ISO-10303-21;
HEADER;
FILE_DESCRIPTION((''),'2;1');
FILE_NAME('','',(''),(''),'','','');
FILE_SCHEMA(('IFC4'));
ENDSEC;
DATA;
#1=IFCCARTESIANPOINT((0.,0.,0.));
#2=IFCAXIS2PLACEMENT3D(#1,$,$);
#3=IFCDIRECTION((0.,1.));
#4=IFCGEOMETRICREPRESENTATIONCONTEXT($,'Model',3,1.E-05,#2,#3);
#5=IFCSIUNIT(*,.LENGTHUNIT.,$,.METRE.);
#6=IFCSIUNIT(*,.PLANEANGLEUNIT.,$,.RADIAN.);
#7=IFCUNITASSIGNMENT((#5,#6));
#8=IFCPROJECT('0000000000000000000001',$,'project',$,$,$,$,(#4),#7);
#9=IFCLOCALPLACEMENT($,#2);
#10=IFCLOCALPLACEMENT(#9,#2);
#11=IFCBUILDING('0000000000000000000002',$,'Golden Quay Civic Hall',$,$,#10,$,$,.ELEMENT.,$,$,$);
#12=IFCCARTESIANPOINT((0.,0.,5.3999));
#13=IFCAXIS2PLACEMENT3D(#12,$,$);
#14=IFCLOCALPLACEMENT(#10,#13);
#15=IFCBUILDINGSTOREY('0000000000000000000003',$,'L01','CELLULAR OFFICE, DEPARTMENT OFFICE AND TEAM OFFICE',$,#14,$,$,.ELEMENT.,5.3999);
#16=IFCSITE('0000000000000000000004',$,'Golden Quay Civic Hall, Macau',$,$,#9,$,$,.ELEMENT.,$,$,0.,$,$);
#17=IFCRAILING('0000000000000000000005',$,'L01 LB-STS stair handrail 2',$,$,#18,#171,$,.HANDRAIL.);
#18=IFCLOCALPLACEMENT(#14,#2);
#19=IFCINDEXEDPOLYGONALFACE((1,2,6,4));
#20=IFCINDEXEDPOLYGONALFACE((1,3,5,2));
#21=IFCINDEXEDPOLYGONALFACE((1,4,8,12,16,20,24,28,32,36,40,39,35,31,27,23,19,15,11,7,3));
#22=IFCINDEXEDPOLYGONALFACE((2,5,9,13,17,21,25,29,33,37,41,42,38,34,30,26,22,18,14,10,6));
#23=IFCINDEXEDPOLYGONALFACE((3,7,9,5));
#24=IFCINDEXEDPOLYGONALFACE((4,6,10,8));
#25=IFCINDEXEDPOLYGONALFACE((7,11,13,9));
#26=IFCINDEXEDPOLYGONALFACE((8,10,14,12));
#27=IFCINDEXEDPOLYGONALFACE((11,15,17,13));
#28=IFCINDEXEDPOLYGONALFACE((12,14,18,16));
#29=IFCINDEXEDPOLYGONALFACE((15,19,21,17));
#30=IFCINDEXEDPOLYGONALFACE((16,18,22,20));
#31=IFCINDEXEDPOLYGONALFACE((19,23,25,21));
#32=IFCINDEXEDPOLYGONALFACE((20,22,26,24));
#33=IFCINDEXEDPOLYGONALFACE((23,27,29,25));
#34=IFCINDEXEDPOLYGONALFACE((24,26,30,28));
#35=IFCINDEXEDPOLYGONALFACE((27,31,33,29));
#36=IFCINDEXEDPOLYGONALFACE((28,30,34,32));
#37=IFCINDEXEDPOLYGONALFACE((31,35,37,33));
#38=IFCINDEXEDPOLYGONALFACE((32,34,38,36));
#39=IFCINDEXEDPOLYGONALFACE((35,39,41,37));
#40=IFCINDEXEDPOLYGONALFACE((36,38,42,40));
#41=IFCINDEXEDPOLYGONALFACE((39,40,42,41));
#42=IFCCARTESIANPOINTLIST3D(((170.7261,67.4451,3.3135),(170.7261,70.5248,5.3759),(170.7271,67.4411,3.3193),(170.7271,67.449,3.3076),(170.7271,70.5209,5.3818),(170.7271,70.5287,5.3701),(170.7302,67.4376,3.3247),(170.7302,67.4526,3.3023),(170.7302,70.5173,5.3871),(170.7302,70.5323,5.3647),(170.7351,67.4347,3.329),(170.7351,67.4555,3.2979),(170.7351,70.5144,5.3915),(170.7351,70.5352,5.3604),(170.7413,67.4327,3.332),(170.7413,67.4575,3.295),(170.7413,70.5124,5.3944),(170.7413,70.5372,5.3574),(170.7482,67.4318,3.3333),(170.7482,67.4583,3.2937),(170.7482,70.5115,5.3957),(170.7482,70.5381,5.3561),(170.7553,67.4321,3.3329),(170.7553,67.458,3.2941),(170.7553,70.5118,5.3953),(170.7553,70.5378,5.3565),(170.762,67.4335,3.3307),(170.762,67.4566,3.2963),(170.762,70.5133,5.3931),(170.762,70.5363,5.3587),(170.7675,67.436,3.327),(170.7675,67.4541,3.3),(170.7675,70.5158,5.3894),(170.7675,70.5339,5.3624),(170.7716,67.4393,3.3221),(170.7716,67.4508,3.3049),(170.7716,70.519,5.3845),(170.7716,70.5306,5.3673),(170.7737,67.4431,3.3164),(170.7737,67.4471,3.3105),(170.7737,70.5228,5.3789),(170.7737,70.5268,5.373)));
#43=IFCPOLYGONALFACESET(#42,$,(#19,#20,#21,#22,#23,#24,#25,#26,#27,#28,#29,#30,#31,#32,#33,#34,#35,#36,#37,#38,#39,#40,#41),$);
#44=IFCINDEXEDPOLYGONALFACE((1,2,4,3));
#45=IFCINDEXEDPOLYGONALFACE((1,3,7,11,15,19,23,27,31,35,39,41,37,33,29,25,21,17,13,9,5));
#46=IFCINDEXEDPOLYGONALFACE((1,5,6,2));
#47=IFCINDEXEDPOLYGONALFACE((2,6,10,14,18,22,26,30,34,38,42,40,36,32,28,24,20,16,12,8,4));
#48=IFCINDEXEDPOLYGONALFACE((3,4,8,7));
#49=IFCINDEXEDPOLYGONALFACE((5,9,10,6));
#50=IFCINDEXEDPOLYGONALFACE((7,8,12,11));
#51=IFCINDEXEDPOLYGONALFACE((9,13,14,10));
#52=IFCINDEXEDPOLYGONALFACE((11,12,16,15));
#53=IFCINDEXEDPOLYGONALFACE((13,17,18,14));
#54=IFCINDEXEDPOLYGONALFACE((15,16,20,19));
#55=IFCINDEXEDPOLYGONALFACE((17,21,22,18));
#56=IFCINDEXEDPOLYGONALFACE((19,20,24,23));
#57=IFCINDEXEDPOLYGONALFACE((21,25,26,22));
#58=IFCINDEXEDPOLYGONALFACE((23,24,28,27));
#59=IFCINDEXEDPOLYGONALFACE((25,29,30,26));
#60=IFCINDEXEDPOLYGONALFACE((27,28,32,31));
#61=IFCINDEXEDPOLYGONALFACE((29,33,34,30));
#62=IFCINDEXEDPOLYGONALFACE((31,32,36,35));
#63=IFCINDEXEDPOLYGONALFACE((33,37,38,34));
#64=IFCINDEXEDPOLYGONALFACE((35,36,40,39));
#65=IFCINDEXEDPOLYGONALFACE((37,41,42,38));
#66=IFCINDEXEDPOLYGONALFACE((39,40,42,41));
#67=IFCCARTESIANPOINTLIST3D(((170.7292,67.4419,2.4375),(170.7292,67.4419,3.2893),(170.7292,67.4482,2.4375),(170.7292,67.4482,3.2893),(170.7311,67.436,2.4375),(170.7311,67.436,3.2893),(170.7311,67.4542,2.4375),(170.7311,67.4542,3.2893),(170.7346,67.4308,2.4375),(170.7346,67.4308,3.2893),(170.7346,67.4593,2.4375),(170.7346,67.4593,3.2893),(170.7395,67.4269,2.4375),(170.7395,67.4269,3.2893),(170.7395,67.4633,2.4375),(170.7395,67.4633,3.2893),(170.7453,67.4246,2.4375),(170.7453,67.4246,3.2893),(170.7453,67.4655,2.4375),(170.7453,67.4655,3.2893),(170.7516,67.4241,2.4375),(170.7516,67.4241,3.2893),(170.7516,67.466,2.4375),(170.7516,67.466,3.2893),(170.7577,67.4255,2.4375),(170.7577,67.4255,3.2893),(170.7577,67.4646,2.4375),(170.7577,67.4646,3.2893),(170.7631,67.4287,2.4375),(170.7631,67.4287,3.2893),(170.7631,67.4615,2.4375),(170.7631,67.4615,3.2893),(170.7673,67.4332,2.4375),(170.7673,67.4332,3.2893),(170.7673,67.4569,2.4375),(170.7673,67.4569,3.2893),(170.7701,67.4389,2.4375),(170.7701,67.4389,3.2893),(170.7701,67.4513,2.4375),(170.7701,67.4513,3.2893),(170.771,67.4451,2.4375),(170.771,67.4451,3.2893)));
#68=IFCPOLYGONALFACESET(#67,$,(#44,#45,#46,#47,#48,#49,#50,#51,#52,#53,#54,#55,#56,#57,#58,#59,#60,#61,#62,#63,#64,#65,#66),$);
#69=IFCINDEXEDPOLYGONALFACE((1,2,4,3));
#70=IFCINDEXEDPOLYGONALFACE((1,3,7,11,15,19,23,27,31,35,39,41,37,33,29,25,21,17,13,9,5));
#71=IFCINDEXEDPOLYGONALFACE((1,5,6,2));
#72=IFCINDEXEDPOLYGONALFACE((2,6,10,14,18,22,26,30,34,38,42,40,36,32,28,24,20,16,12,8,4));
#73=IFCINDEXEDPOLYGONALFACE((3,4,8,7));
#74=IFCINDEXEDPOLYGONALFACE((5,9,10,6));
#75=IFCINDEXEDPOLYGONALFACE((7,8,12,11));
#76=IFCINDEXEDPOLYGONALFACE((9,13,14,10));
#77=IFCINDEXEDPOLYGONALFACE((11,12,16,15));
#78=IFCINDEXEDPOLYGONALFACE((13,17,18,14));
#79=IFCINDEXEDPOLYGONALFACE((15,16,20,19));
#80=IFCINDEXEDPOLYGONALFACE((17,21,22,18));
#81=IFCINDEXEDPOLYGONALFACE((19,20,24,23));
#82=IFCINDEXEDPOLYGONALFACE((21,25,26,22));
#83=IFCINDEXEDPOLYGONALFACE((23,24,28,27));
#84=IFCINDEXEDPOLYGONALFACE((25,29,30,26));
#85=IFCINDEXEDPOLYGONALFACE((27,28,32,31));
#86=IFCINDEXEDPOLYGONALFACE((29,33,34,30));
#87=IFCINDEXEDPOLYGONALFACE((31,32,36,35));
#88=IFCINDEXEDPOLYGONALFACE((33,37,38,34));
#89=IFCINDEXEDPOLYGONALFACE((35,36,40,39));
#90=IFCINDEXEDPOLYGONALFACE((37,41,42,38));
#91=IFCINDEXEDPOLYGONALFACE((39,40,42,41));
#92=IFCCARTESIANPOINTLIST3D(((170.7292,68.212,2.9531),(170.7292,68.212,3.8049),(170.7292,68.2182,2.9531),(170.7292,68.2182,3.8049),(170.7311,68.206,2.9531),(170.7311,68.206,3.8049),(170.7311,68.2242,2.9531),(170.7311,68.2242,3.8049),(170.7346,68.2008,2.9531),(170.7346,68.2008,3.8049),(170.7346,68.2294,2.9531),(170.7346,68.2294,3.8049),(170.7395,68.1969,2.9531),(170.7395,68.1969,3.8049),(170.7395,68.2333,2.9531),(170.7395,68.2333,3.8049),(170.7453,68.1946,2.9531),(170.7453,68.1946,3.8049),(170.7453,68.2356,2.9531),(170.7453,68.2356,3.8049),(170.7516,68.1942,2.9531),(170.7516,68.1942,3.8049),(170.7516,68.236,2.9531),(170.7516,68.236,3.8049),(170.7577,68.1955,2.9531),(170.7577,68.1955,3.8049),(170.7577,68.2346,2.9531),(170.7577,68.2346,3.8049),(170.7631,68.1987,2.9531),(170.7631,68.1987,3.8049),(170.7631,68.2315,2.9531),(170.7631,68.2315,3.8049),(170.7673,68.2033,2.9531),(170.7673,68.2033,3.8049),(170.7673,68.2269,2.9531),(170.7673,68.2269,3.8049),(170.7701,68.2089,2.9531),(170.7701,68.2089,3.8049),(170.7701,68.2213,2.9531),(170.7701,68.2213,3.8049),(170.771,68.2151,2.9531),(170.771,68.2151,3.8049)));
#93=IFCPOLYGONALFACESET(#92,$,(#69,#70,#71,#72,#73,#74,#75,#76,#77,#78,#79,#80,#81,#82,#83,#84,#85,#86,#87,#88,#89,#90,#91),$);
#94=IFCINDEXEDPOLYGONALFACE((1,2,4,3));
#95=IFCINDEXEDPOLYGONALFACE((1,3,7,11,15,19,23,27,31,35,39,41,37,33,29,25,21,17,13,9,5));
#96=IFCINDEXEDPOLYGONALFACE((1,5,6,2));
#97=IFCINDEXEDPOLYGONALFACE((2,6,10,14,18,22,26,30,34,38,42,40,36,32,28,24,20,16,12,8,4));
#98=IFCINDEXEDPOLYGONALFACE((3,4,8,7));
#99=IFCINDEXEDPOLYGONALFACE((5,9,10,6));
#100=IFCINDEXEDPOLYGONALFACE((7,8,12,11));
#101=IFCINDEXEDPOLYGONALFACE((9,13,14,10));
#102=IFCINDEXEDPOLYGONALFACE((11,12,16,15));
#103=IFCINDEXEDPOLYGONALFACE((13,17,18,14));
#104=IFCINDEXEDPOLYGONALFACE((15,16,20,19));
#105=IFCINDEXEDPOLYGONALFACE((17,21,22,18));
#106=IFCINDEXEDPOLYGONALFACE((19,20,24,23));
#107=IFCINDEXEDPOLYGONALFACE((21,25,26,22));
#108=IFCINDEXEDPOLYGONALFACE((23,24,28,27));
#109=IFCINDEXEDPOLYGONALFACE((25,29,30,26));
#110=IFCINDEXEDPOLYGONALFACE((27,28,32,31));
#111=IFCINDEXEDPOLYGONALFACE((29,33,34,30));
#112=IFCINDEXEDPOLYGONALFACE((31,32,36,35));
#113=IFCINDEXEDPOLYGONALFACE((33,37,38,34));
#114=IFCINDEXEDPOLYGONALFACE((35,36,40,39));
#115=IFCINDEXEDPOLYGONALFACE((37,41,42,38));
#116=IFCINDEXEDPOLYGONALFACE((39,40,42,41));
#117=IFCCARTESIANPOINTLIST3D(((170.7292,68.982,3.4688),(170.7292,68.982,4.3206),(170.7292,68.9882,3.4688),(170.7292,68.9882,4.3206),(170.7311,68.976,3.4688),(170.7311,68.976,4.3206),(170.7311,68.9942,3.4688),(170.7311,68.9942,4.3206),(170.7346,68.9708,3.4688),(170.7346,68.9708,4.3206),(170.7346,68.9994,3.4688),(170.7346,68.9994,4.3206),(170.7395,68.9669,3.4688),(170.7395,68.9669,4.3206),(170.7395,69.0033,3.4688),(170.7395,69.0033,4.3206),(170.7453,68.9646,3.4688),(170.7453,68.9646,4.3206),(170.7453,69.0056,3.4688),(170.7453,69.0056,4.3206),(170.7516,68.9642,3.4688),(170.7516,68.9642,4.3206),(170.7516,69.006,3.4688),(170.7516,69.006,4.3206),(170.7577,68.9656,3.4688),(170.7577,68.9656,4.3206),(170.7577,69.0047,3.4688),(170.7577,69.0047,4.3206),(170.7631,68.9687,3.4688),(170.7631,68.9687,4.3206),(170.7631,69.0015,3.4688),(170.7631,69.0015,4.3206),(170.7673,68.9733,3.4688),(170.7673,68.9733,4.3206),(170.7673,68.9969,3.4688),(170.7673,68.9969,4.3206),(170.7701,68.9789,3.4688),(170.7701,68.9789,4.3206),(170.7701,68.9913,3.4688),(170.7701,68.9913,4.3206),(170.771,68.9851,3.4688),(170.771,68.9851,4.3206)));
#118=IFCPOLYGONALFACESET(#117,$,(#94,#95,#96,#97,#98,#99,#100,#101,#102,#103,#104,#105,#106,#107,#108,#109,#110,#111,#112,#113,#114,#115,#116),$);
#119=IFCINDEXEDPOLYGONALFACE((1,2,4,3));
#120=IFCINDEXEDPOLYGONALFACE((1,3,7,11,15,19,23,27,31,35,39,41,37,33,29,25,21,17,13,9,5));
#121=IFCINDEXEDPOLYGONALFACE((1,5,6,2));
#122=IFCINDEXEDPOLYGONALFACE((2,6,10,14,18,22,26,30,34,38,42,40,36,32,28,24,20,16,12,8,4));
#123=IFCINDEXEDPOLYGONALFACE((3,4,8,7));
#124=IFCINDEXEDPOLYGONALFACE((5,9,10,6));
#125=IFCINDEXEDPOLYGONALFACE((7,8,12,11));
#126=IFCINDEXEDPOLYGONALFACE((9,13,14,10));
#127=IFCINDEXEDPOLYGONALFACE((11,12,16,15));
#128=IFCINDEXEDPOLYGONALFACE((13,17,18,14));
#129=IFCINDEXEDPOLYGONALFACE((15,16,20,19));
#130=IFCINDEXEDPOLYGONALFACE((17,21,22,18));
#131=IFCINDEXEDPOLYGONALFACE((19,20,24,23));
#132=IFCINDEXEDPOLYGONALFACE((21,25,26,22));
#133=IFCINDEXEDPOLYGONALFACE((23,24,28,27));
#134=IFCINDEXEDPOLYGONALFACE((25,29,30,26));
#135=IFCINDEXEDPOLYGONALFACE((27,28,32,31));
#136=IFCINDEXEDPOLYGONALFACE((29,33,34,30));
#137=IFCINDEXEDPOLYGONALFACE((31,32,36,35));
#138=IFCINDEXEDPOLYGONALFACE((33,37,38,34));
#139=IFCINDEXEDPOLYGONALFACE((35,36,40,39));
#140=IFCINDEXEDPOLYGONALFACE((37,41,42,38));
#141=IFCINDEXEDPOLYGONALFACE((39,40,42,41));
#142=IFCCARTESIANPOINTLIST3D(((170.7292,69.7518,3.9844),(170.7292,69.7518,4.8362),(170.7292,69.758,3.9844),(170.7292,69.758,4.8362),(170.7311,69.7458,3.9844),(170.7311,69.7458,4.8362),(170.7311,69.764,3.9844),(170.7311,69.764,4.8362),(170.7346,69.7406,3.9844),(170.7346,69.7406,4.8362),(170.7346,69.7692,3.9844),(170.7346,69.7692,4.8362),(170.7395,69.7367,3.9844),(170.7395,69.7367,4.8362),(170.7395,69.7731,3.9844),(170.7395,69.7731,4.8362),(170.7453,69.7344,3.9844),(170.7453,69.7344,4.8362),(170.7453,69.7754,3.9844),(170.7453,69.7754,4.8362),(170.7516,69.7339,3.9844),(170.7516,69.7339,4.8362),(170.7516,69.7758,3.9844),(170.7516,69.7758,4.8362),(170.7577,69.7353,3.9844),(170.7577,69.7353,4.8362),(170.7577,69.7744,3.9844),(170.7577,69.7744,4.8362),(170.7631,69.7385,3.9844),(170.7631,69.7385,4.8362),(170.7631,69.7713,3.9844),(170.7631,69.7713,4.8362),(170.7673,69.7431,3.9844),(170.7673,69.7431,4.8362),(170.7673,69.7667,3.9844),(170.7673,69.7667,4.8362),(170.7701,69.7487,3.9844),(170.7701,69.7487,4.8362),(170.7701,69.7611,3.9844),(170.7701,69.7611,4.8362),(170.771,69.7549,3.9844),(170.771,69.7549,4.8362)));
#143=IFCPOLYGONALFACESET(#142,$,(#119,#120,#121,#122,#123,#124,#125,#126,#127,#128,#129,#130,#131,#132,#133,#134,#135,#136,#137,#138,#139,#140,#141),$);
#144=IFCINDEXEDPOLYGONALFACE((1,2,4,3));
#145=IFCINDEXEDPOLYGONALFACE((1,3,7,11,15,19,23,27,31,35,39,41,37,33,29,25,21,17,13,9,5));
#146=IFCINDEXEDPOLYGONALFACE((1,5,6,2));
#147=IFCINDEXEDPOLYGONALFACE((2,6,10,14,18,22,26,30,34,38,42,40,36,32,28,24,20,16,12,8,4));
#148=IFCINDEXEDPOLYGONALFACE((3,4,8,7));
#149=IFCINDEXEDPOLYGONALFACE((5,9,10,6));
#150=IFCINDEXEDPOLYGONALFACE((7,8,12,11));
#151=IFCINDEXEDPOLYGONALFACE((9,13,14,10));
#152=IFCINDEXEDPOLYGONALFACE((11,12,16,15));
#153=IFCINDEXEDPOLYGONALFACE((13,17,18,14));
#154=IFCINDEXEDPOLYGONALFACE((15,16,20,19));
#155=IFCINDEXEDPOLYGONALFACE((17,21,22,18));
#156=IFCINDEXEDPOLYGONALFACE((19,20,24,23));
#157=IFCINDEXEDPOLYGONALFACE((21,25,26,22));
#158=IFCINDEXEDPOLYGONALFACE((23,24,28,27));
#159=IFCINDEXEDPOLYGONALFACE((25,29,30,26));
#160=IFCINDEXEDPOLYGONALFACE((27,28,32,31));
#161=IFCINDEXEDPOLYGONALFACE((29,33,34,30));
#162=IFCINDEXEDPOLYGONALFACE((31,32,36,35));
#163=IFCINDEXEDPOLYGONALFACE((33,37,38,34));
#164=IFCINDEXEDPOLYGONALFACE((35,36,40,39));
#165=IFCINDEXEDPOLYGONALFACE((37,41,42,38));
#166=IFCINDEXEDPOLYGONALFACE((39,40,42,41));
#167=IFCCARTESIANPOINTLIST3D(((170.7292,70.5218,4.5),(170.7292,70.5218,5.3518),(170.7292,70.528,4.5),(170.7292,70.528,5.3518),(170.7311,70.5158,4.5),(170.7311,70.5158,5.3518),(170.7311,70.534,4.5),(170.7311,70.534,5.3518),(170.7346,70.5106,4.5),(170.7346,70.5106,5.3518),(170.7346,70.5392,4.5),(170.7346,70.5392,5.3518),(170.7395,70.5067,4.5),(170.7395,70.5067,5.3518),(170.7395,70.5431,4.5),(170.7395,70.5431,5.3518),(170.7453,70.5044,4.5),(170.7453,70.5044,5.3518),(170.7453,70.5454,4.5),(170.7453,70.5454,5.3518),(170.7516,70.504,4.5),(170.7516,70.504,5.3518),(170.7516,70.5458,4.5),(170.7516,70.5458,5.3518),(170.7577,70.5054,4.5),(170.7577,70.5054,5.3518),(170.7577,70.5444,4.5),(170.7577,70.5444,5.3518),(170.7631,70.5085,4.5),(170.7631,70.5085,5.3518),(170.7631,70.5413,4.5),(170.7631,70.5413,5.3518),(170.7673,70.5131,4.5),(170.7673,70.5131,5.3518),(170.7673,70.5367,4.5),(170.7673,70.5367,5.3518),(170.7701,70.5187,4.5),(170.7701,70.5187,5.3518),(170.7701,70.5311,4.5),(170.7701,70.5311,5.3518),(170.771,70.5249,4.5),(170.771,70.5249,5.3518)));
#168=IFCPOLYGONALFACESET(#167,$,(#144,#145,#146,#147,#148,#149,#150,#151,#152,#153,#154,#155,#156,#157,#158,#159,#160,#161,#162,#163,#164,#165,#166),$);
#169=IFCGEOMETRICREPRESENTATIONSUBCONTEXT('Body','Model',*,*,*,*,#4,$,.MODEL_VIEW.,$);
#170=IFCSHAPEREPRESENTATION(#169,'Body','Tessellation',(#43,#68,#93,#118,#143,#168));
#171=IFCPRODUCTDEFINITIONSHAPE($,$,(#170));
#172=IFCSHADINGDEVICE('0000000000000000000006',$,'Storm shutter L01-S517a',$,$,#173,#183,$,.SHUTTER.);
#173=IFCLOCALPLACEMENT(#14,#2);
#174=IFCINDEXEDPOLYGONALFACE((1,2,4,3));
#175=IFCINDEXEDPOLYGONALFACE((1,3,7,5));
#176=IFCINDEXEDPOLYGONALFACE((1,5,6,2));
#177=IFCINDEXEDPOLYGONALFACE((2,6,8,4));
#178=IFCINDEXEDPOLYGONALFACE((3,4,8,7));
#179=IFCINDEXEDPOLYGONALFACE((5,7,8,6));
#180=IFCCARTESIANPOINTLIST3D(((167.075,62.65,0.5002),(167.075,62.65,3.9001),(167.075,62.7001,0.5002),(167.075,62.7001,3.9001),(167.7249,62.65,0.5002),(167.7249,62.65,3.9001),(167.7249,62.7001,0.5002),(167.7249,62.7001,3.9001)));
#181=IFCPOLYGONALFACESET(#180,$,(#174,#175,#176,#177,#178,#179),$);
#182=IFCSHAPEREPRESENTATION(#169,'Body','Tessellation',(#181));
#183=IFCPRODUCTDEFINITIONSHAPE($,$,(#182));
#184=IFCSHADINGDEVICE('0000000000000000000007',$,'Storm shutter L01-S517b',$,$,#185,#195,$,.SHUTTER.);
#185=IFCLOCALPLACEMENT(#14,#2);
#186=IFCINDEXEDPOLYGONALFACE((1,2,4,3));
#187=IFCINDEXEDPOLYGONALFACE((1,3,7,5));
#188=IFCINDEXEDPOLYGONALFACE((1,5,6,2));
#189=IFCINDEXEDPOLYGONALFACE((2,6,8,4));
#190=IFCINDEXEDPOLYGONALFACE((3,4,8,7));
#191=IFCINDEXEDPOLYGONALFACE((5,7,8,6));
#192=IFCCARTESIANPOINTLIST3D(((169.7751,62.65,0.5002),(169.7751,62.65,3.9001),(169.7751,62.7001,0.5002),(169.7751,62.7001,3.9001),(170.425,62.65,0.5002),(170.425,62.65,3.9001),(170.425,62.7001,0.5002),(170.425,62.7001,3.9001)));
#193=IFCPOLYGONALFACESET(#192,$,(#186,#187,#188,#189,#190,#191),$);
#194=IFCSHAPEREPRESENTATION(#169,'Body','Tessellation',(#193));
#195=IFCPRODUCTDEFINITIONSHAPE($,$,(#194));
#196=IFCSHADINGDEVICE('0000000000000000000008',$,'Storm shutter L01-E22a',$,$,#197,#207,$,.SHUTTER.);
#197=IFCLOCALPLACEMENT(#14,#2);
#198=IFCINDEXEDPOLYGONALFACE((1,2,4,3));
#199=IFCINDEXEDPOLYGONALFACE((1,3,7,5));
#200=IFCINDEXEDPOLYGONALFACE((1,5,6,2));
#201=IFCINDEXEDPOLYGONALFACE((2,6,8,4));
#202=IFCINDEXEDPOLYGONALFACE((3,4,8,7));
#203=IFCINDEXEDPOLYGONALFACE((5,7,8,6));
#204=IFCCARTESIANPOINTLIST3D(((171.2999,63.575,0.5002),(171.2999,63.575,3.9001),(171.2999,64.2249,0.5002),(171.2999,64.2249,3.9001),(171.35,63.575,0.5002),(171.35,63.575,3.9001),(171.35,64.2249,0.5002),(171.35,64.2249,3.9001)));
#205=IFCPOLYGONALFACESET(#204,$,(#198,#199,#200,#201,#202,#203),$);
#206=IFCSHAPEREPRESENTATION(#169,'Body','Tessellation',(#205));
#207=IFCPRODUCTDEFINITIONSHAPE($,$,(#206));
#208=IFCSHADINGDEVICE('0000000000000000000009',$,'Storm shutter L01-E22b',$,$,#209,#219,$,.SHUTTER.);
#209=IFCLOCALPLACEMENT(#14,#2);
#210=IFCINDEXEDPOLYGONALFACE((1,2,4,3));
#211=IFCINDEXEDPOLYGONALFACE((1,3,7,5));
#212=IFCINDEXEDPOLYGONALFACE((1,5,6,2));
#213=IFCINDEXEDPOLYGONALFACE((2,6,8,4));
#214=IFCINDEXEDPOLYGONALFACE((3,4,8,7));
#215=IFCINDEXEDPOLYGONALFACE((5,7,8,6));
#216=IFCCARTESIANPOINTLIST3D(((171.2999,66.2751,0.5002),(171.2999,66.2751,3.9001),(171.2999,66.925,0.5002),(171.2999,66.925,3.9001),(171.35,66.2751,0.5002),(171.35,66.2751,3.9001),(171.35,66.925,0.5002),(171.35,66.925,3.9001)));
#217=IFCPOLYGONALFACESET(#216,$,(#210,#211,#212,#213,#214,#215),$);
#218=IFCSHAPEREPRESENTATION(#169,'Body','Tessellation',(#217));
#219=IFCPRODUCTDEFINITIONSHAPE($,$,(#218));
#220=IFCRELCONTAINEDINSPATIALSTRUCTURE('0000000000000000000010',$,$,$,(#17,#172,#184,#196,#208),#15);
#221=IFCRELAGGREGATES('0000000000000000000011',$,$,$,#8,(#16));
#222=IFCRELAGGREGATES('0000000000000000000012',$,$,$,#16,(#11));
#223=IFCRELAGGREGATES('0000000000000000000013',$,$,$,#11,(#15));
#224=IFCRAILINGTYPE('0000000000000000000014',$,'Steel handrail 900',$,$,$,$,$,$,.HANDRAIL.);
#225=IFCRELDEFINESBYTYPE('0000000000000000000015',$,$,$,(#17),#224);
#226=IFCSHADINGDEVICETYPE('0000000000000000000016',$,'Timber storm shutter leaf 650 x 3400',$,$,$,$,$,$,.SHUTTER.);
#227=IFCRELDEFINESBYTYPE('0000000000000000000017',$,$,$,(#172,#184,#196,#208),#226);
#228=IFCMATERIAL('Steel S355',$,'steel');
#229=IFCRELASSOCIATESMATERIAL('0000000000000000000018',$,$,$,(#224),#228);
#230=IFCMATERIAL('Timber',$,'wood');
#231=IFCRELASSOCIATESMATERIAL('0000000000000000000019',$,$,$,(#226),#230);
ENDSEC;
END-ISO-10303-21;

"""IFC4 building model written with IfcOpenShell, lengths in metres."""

from ifc_helpers import new_model, si_unit, direction, frame, origin, origin_2d, place, context, subcontext, project, spatial, rectangle, circle, extrude, material, type_object, element, save


model = new_model("IFC4")

# Units and contexts
model_context = context("Model", 3, precision=1e-05, world=origin(), true_north=direction((0.0, 1.0)))
body_context = subcontext(model_context, "Body", "Model", "MODEL_VIEW")
ifc_project = project(units=[si_unit("LENGTHUNIT", "METRE"), si_unit("PLANEANGLEUNIT", "RADIAN")], contexts=[model_context])

# Site, building, storey
site_placement = place(None, origin())
site = spatial("IfcSite", under=ifc_project, at=site_placement, Name="Golden Quay Civic Hall, Macau", CompositionType="ELEMENT", RefElevation=0.0)
building_placement = place(site_placement, origin())
building = spatial("IfcBuilding", under=site, at=building_placement, Name="Golden Quay Civic Hall", CompositionType="ELEMENT")
storey_placement = place(building_placement, frame((0.0, 0.0, 5.3999)))
storey = spatial("IfcBuildingStorey", under=building, at=storey_placement, Name="L01", Description="CELLULAR OFFICE, DEPARTMENT OFFICE AND TEAM OFFICE", CompositionType="ELEMENT", Elevation=5.3999)

# Railing
ifc_material_1 = material(Name="Steel S355", Category="steel")
railing_type_1 = type_object("IfcRailingType", Name="Steel handrail 900", PredefinedType="HANDRAIL", material=ifc_material_1)
railing_1_placement = place(storey_placement, frame((170.75, 67.4451, 2.4375)))
element("IfcRailing", 1, at=railing_1_placement, inside=storey, type_object=railing_type_1, Name="L01 LB-STS stair handrail 2", PredefinedType="HANDRAIL", context=body_context, shape_type="SweptSolid", body=[
    extrude(circle(Radius=0.0239, at=origin_2d()), frame((0.0, 0.0, 0.876), z_axis=(0.0, 0.830893, 0.556432), x_axis=(-1.0, 0.0, 0.0)), (0.0, 0.0, 1.0), 3.7065),
    extrude(circle(Radius=0.021, at=origin_2d()), origin(), (0.0, 0.0, 1.0), 0.8518),
    extrude(circle(Radius=0.021, at=origin_2d()), frame((0.0, 0.77, 0.5156)), (0.0, 0.0, 1.0), 0.8518),
    extrude(circle(Radius=0.021, at=origin_2d()), frame((0.0, 1.54, 1.0312)), (0.0, 0.0, 1.0), 0.8518),
    extrude(circle(Radius=0.021, at=origin_2d()), frame((0.0, 2.3098, 1.5469)), (0.0, 0.0, 1.0), 0.8518),
    extrude(circle(Radius=0.021, at=origin_2d()), frame((0.0, 3.0798, 2.0625)), (0.0, 0.0, 1.0), 0.8518),
])

# Shading devices
ifc_material_2 = material(Name="Timber", Category="wood")
shading_device_type = type_object("IfcShadingDeviceType", Name="Timber storm shutter leaf 650 x 3400", PredefinedType="SHUTTER", material=ifc_material_2)
for number, where, z_axis, x_axis, name in (
    (2, (167.3999, 62.675, 0.5002), (0.0, 0.0, 1.0), (1.0, 0.0, 0.0), "Storm shutter L01-S517a"),
    (3, (170.1001, 62.675, 0.5002), (0.0, 0.0, 1.0), (1.0, 0.0, 0.0), "Storm shutter L01-S517b"),
):
    element("IfcShadingDevice", number, at=place(storey_placement, frame(where, z_axis=z_axis, x_axis=x_axis)), inside=storey, type_object=shading_device_type, Name=name, PredefinedType="SHUTTER", context=body_context, shape_type="SweptSolid", body=[
        extrude(rectangle(XDim=0.6499, YDim=0.05, at=origin_2d()), origin(), (0.0, 0.0, 1.0), 3.3999),
    ])
for number, where, z_axis, x_axis, name in (
    (4, (171.325, 63.8999, 0.5002), (0.0, 0.0, 1.0), (1.0, 0.0, 0.0), "Storm shutter L01-E22a"),
    (5, (171.325, 66.6001, 0.5002), (0.0, 0.0, 1.0), (1.0, 0.0, 0.0), "Storm shutter L01-E22b"),
):
    element("IfcShadingDevice", number, at=place(storey_placement, frame(where, z_axis=z_axis, x_axis=x_axis)), inside=storey, type_object=shading_device_type, Name=name, PredefinedType="SHUTTER", context=body_context, shape_type="SweptSolid", body=[
        extrude(rectangle(XDim=0.05, YDim=0.6499, at=origin_2d()), origin(), (0.0, 0.0, 1.0), 3.3999),
    ])

save(model, "model.ifc")
